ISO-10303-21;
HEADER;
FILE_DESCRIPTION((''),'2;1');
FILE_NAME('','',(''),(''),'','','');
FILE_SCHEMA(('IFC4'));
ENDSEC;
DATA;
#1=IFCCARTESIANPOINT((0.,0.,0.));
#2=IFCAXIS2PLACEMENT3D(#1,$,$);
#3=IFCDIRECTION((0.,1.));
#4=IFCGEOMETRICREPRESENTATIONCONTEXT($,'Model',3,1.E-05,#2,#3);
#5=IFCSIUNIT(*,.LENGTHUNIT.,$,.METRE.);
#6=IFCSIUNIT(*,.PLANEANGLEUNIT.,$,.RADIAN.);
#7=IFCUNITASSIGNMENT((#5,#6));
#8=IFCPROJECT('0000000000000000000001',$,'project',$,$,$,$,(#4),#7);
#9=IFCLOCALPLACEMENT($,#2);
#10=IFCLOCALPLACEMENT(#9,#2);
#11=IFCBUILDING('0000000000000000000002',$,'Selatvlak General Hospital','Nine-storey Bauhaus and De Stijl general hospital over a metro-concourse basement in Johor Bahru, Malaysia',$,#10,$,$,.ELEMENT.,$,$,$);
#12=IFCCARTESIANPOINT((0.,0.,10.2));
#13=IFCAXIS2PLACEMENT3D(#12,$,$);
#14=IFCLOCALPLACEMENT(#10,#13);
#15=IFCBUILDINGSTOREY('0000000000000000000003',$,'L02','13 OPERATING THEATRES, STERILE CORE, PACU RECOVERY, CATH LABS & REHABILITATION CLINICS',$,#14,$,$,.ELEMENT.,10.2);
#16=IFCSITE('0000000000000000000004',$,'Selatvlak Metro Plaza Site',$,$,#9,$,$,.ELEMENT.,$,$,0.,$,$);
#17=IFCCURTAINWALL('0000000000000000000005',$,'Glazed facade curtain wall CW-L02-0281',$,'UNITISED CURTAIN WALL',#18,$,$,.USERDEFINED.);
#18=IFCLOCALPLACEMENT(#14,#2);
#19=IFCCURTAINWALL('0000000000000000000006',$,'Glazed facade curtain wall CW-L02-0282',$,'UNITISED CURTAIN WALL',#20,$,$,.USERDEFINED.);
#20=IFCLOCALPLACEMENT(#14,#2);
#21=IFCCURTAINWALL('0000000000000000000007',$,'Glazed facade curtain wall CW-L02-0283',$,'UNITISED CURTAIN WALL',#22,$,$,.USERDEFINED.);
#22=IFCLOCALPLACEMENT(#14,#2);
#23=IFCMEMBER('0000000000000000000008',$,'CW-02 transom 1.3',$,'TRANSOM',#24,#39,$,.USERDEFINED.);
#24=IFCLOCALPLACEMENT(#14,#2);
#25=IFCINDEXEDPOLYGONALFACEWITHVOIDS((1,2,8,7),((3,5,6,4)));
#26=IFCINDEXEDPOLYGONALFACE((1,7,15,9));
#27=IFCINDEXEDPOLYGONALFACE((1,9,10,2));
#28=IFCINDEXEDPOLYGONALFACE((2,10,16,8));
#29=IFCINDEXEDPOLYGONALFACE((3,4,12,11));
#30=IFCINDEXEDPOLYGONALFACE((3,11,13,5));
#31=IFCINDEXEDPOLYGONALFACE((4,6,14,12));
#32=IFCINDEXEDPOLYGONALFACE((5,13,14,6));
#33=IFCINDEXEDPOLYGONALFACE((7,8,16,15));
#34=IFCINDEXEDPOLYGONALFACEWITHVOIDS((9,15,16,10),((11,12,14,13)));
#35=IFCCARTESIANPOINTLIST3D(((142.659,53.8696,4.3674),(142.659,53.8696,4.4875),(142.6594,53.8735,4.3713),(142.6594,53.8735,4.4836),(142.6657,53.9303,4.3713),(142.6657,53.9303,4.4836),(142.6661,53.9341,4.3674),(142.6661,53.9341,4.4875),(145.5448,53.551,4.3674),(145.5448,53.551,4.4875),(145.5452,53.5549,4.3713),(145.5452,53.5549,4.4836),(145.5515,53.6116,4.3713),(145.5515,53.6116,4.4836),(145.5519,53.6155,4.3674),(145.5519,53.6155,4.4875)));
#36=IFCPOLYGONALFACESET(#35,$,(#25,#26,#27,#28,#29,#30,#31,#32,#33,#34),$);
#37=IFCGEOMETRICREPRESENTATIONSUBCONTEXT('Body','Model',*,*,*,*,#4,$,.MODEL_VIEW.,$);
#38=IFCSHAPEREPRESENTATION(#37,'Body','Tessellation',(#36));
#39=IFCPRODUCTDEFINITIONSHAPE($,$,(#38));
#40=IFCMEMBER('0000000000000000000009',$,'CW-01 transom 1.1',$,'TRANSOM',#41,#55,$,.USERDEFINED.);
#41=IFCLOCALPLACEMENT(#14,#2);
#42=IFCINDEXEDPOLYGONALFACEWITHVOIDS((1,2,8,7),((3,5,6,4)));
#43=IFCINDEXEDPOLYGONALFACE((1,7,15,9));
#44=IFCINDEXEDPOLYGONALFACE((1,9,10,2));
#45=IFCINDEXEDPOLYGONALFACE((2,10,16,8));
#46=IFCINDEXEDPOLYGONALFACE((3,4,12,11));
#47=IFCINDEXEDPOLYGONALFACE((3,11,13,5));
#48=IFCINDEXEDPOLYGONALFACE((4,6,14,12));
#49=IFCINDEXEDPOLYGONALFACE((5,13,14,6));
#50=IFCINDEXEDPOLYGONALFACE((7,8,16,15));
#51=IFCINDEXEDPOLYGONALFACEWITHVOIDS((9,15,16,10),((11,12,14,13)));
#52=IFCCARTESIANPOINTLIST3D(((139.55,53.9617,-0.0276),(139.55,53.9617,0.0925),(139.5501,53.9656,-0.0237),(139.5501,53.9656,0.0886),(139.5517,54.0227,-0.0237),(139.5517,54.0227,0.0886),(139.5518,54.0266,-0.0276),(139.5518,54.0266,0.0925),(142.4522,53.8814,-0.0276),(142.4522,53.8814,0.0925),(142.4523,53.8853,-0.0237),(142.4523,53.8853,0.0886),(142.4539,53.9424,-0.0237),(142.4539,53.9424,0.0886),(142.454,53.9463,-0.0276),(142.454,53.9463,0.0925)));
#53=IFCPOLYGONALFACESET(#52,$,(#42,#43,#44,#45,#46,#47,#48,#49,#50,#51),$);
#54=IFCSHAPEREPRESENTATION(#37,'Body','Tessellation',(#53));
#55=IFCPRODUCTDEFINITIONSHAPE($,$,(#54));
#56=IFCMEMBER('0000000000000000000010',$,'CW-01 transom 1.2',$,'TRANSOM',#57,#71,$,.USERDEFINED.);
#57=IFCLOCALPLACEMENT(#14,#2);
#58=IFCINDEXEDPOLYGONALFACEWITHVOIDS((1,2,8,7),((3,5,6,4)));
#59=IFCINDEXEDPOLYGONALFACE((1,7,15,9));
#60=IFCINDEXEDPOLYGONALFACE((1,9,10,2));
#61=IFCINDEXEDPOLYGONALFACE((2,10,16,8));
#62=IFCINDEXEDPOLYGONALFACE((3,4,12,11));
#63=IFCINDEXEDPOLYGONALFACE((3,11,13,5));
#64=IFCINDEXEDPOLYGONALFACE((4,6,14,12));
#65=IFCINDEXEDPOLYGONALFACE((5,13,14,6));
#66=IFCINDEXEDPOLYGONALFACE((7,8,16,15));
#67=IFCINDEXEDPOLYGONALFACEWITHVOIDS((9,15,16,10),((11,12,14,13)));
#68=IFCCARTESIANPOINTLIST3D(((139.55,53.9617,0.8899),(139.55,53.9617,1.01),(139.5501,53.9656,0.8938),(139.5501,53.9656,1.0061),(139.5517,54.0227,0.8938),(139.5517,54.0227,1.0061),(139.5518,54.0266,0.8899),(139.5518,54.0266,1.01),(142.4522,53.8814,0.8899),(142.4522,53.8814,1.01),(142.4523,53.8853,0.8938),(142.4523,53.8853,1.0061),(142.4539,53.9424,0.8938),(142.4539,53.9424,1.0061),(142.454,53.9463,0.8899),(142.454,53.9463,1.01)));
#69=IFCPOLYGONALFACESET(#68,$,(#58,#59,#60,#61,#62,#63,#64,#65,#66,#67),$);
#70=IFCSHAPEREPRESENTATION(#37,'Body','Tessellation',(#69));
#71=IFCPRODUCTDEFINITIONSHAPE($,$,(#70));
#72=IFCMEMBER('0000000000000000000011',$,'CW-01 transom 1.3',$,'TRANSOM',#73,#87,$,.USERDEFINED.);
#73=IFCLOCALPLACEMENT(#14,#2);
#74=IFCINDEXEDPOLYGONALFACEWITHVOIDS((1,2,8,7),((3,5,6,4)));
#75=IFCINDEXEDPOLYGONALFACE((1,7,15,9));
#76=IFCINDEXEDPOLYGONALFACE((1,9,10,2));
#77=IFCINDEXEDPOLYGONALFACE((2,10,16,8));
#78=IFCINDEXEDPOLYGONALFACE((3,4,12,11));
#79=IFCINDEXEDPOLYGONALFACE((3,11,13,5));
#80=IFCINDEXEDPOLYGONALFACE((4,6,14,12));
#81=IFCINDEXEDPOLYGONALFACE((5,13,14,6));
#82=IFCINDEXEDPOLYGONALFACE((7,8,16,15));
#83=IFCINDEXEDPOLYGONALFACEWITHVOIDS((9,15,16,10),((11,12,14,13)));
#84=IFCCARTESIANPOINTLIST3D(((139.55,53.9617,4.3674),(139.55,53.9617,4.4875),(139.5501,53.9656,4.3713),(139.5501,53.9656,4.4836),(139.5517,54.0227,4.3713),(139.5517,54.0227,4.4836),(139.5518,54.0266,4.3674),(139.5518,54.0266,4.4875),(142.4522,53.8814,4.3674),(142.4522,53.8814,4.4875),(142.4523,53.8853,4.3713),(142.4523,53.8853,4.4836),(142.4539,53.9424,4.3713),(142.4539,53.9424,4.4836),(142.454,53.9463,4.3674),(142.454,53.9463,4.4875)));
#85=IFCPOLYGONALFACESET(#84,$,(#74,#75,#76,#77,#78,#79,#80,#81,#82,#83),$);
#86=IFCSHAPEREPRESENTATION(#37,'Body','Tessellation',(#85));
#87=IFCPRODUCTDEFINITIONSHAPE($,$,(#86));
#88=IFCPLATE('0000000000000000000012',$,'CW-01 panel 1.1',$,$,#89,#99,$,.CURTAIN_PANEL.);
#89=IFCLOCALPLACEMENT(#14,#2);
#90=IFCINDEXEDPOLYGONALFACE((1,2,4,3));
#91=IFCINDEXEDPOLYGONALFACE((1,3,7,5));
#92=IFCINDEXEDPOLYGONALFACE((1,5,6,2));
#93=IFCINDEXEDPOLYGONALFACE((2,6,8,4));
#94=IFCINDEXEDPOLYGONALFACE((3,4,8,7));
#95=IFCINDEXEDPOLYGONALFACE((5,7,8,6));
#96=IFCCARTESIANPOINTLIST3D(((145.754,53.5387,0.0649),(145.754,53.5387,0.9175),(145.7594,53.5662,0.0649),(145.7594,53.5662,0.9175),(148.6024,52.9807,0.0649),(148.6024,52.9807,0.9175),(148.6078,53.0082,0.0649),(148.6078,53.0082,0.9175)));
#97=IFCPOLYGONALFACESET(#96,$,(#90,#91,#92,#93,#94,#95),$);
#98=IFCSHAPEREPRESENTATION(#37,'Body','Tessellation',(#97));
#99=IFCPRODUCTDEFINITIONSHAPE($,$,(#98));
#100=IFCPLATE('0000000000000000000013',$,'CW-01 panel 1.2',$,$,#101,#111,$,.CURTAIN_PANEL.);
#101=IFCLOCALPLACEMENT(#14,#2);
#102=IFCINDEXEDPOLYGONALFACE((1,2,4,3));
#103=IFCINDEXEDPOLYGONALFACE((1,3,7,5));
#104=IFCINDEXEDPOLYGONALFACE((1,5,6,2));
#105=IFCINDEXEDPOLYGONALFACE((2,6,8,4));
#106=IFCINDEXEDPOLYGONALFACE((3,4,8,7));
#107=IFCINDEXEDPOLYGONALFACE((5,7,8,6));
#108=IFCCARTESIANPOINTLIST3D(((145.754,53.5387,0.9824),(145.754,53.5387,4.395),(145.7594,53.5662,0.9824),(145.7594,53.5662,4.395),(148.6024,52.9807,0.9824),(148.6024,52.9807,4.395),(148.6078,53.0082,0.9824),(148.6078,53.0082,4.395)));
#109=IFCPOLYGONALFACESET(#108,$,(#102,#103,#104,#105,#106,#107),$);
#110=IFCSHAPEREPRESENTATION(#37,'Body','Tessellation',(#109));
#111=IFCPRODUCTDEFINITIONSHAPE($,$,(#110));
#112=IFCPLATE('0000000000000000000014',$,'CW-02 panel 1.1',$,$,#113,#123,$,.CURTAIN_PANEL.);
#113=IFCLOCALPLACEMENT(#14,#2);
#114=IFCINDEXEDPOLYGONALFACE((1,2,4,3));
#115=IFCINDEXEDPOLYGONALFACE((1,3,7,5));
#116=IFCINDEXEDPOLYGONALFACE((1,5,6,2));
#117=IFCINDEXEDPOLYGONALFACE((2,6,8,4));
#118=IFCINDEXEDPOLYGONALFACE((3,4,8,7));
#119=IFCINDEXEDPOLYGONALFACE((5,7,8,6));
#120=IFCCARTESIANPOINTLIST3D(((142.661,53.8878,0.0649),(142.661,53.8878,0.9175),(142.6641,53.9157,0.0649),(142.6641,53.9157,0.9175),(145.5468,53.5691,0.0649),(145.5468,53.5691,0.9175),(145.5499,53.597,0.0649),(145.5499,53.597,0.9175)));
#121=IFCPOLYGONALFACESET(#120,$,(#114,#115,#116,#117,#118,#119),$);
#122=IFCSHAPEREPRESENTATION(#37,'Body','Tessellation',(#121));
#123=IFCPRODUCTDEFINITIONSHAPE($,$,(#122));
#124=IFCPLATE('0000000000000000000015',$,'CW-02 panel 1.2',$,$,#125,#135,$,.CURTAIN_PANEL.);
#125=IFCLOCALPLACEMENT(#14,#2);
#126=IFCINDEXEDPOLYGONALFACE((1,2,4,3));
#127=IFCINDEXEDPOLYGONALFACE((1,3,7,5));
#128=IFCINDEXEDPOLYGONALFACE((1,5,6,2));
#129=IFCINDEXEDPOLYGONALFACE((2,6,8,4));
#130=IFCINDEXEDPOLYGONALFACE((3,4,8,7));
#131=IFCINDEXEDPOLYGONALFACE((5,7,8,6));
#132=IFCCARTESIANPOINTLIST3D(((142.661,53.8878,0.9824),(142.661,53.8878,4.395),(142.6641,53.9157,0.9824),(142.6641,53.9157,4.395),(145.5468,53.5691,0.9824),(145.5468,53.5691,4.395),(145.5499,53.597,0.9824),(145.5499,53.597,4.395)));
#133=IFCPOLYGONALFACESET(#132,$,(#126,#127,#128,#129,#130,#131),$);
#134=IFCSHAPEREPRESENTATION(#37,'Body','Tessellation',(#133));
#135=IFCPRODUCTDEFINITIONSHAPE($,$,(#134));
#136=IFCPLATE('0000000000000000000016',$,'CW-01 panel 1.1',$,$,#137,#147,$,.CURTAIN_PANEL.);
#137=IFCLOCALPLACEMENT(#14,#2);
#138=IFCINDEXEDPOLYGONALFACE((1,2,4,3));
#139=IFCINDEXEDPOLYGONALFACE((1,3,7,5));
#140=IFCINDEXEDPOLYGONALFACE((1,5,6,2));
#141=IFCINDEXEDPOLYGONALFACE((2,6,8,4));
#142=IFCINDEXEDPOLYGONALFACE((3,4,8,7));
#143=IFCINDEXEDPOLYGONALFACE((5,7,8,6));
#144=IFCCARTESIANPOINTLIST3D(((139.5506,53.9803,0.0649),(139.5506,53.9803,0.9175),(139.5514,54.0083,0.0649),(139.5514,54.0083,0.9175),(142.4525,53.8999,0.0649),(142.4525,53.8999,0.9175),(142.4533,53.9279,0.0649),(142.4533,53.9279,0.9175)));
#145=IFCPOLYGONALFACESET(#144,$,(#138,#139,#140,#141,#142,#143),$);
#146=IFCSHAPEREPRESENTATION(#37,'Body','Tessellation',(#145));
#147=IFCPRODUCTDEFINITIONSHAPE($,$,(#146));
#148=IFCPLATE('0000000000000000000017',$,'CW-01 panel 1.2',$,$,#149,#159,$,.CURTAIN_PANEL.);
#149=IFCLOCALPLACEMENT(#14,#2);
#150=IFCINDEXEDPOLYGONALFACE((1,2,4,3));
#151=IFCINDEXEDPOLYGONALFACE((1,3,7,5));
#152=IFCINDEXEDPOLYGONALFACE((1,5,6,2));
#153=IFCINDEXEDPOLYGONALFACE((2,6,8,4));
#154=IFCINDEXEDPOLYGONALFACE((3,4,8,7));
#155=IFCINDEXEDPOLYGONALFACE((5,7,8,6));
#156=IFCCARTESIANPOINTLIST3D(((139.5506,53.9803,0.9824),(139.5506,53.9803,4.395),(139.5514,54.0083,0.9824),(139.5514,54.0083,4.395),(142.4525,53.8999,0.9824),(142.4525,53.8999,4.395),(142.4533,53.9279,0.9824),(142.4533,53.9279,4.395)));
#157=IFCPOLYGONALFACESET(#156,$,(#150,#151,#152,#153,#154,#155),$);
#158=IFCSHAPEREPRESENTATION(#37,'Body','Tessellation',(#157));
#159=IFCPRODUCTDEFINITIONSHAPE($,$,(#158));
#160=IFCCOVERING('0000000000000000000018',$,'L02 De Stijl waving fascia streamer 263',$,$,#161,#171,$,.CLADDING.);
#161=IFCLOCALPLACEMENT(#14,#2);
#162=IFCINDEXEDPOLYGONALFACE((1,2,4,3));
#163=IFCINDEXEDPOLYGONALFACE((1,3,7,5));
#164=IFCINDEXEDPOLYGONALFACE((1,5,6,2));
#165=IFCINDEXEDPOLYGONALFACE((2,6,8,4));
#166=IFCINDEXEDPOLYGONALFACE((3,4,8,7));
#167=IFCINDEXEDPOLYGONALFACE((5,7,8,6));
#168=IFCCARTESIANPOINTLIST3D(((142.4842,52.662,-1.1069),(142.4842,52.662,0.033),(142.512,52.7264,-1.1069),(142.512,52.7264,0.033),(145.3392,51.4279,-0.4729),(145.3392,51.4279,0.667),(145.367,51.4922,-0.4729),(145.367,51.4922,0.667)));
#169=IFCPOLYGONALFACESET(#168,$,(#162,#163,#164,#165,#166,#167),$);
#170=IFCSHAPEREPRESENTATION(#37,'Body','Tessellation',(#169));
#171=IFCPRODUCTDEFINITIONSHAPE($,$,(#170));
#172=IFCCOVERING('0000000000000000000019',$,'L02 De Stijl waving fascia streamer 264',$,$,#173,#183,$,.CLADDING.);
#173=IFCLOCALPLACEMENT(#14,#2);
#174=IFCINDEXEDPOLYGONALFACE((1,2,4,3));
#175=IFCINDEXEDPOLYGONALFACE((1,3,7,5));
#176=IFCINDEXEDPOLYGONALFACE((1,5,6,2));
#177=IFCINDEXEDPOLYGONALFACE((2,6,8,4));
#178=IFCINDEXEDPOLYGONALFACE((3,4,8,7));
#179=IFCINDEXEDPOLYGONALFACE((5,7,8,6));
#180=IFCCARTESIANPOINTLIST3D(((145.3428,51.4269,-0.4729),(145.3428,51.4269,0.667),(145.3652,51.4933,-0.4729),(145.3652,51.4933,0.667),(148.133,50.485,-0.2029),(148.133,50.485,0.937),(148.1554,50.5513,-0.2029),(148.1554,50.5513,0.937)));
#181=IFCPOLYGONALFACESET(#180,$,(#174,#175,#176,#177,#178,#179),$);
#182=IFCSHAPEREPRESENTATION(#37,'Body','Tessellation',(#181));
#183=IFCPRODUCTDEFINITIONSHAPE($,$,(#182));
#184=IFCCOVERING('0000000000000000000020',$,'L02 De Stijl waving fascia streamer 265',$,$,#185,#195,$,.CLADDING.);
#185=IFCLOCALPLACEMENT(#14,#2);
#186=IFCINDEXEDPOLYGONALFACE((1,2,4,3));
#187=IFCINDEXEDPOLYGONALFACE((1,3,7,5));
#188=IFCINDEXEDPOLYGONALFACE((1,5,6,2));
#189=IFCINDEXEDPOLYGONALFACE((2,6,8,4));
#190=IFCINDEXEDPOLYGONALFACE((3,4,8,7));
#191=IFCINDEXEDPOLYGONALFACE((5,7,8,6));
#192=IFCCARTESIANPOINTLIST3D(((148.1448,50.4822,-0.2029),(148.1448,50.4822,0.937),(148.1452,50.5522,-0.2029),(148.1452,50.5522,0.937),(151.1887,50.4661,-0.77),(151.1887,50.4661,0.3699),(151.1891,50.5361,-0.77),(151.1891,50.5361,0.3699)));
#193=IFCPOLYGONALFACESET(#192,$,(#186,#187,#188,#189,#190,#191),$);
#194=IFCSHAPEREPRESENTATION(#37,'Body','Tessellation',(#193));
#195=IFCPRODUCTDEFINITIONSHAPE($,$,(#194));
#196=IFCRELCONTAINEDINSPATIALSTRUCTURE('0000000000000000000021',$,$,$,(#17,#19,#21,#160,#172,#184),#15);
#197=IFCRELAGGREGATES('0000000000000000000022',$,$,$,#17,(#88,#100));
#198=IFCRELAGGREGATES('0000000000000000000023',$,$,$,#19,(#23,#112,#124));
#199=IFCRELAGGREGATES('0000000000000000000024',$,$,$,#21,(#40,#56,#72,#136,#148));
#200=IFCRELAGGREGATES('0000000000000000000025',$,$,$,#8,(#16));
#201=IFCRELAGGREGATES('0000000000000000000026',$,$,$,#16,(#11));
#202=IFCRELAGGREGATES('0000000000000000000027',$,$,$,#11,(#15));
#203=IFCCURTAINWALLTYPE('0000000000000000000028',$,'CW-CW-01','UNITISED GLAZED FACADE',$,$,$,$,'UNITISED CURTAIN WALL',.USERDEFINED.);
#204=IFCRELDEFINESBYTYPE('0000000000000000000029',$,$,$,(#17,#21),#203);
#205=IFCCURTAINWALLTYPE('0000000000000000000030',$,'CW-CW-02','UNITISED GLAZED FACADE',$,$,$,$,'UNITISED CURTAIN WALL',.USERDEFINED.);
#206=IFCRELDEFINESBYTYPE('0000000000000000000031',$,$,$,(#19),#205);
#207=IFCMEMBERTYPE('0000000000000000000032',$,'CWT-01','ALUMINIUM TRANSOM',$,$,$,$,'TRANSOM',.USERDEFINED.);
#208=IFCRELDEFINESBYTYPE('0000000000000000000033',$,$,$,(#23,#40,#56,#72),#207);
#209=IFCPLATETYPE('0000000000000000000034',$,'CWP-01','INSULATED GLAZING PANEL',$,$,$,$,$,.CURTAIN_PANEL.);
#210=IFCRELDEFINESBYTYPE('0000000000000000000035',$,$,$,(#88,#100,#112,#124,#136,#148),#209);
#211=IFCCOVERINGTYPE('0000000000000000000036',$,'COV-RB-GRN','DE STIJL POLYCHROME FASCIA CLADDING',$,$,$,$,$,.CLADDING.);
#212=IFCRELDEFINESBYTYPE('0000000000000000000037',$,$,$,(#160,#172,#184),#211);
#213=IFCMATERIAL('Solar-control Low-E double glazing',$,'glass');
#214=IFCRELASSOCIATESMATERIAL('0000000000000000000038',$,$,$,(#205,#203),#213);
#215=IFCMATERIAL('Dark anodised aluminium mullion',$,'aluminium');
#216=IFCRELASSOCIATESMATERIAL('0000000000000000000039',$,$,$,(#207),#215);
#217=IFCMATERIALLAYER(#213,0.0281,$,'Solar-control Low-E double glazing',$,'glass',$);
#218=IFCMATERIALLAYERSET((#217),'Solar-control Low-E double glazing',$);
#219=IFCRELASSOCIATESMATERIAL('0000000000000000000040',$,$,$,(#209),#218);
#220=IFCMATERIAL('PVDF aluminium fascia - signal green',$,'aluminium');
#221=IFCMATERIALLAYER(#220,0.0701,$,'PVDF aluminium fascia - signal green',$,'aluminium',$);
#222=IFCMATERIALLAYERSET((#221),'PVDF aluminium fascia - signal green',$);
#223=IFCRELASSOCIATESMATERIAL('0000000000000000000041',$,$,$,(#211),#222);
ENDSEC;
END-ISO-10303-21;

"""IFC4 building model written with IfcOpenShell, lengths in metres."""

from ifc_helpers import new_model, si_unit, direction, frame, origin, origin_2d, place, context, subcontext, project, spatial, polyline, rectangle, hollow_rectangle, outline, extrude, material, layer, layer_set, material_profile, profile_set, type_object, element, aggregate, save


model = new_model("IFC4")

# Units and contexts
model_context = context("Model", 3, precision=1e-05, world=origin(), true_north=direction((0.0, 1.0)))
body_context = subcontext(model_context, "Body", "Model", "MODEL_VIEW")
ifc_project = project(units=[si_unit("LENGTHUNIT", "METRE"), si_unit("PLANEANGLEUNIT", "RADIAN")], contexts=[model_context])

# Site, building, storey
site_placement = place(None, origin())
site = spatial("IfcSite", under=ifc_project, at=site_placement, Name="Selatvlak Metro Plaza Site", CompositionType="ELEMENT", RefElevation=0.0)
building_placement = place(site_placement, origin())
building = spatial("IfcBuilding", under=site, at=building_placement, Name="Selatvlak General Hospital", Description="Nine-storey Bauhaus and De Stijl general hospital over a metro-concourse basement in Johor Bahru, Malaysia", CompositionType="ELEMENT")
storey_placement = place(building_placement, frame((0.0, 0.0, 10.2)))
storey = spatial("IfcBuildingStorey", under=building, at=storey_placement, Name="L02", Description="13 OPERATING THEATRES, STERILE CORE, PACU RECOVERY, CATH LABS & REHABILITATION CLINICS", CompositionType="ELEMENT", Elevation=10.2)

# Shared definitions
ifc_material_1 = material(Name="Solar-control Low-E double glazing", Category="glass")
curtain_wall_type_1 = type_object("IfcCurtainWallType", Name="CW-CW-02", Description="UNITISED GLAZED FACADE", ElementType="UNITISED CURTAIN WALL", PredefinedType="USERDEFINED", material=ifc_material_1)
ifc_material_2 = material(Name="Dark anodised aluminium mullion", Category="aluminium")

# Curtain walls
curtain_wall_type_2 = type_object("IfcCurtainWallType", Name="CW-CW-01", Description="UNITISED GLAZED FACADE", ElementType="UNITISED CURTAIN WALL", PredefinedType="USERDEFINED", material=ifc_material_1)
curtain_wall_1_placement = place(storey_placement, origin())
curtain_wall_1 = element("IfcCurtainWall", 1, at=curtain_wall_1_placement, inside=storey, type_object=curtain_wall_type_2, Name="Glazed facade curtain wall CW-L02-0281", ObjectType="UNITISED CURTAIN WALL", PredefinedType="USERDEFINED")
curtain_wall_2_placement = place(storey_placement, origin())
curtain_wall_2 = element("IfcCurtainWall", 2, at=curtain_wall_2_placement, inside=storey, type_object=curtain_wall_type_1, Name="Glazed facade curtain wall CW-L02-0282", ObjectType="UNITISED CURTAIN WALL", PredefinedType="USERDEFINED")

# Curtain wall
curtain_wall_3_placement = place(storey_placement, origin())
curtain_wall_3 = element("IfcCurtainWall", 3, at=curtain_wall_3_placement, inside=storey, type_object=curtain_wall_type_2, Name="Glazed facade curtain wall CW-L02-0283", ObjectType="UNITISED CURTAIN WALL", PredefinedType="USERDEFINED")

# Members
ifc_material_profile_1 = material_profile(ifc_material_2, hollow_rectangle(XDim=0.0649, YDim=0.1201, WallThickness=0.0039, at=origin_2d()), Name="AL-TRN 65x120x4")
ifc_profile_set_1 = profile_set([ifc_material_profile_1], Name="Dark anodised aluminium mullion")
member_type_1 = type_object("IfcMemberType", Name="CWT-01", Description="ALUMINIUM TRANSOM", ElementType="TRANSOM", PredefinedType="USERDEFINED", material=ifc_profile_set_1)
member_1_placement = place(storey_placement, frame((145.5483, 53.5833, 4.4275), z_axis=(-0.99396, 0.109739, 0.0), x_axis=(-0.109739, -0.99396, 0.0)))
member_1 = element("IfcMember", 4, at=member_1_placement, type_object=member_type_1, Name="CW-02 transom 1.3", ObjectType="TRANSOM", PredefinedType="USERDEFINED", context=body_context, shape_type="SweptSolid", body=[
    extrude(hollow_rectangle(XDim=0.0649, YDim=0.1201, WallThickness=0.0039, at=origin_2d()), origin(), (0.0, 0.0, 1.0), 2.9033),
])
member_2_placement = place(storey_placement, frame((142.4531, 53.9138, 0.0325), z_axis=(-0.999617, 0.027667, 0.0), x_axis=(-0.027667, -0.999617, 0.0)))
member_2 = element("IfcMember", 5, at=member_2_placement, type_object=member_type_1, Name="CW-01 transom 1.1", ObjectType="TRANSOM", PredefinedType="USERDEFINED", context=body_context, shape_type="SweptSolid", body=[
    extrude(hollow_rectangle(XDim=0.0649, YDim=0.1201, WallThickness=0.0039, at=origin_2d()), origin(), (0.0, 0.0, 1.0), 2.9033),
])
member_3_placement = place(storey_placement, frame((142.4531, 53.9138, 0.95), z_axis=(-0.999617, 0.027667, 0.0), x_axis=(-0.027667, -0.999617, 0.0)))
member_3 = element("IfcMember", 6, at=member_3_placement, type_object=member_type_1, Name="CW-01 transom 1.2", ObjectType="TRANSOM", PredefinedType="USERDEFINED", context=body_context, shape_type="SweptSolid", body=[
    extrude(hollow_rectangle(XDim=0.0649, YDim=0.1201, WallThickness=0.0039, at=origin_2d()), origin(), (0.0, 0.0, 1.0), 2.9033),
])
member_4_placement = place(storey_placement, frame((142.4531, 53.9138, 4.4275), z_axis=(-0.999617, 0.027667, 0.0), x_axis=(-0.027667, -0.999617, 0.0)))
member_4 = element("IfcMember", 7, at=member_4_placement, type_object=member_type_1, Name="CW-01 transom 1.3", ObjectType="TRANSOM", PredefinedType="USERDEFINED", context=body_context, shape_type="SweptSolid", body=[
    extrude(hollow_rectangle(XDim=0.0649, YDim=0.1201, WallThickness=0.0039, at=origin_2d()), origin(), (0.0, 0.0, 1.0), 2.9033),
])

# Plates
ifc_layer_1 = layer(ifc_material_1, 0.0281, Name="Solar-control Low-E double glazing", Category="glass")
ifc_layer_set_1 = layer_set([ifc_layer_1], Name="Solar-control Low-E double glazing")
plate_type = type_object("IfcPlateType", Name="CWP-01", Description="INSULATED GLAZING PANEL", PredefinedType="CURTAIN_PANEL", material=ifc_layer_set_1)
plate_1_placement = place(storey_placement, frame((147.1809, 53.2734, 0.0649), z_axis=(0.0, 0.0, 1.0), x_axis=(-0.981347, 0.192246, 0.0)))
plate_1 = element("IfcPlate", 8, at=plate_1_placement, type_object=plate_type, Name="CW-01 panel 1.1", PredefinedType="CURTAIN_PANEL", context=body_context, shape_type="SweptSolid", body=[
    extrude(rectangle(XDim=2.9026, YDim=0.0281, at=origin_2d()), origin(), (0.0, 0.0, 1.0), 0.8525),
])
plate_2_placement = place(storey_placement, frame((147.1809, 53.2734, 0.9824), z_axis=(0.0, 0.0, 1.0), x_axis=(-0.981347, 0.192246, 0.0)))
plate_2 = element("IfcPlate", 9, at=plate_2_placement, type_object=plate_type, Name="CW-01 panel 1.2", PredefinedType="CURTAIN_PANEL", context=body_context, shape_type="SweptSolid", body=[
    extrude(rectangle(XDim=2.9026, YDim=0.0281, at=origin_2d()), origin(), (0.0, 0.0, 1.0), 3.4126),
])
aggregate(curtain_wall_1, [plate_1, plate_2])
plate_3_placement = place(storey_placement, frame((144.1055, 53.7424, 0.0649), z_axis=(0.0, 0.0, 1.0), x_axis=(-0.993956, 0.10978, 0.0)))
plate_3 = element("IfcPlate", 10, at=plate_3_placement, type_object=plate_type, Name="CW-02 panel 1.1", PredefinedType="CURTAIN_PANEL", context=body_context, shape_type="SweptSolid", body=[
    extrude(rectangle(XDim=2.9033, YDim=0.0281, at=origin_2d()), origin(), (0.0, 0.0, 1.0), 0.8525),
])
plate_4_placement = place(storey_placement, frame((144.1055, 53.7424, 0.9824), z_axis=(0.0, 0.0, 1.0), x_axis=(-0.993956, 0.10978, 0.0)))
plate_4 = element("IfcPlate", 11, at=plate_4_placement, type_object=plate_type, Name="CW-02 panel 1.2", PredefinedType="CURTAIN_PANEL", context=body_context, shape_type="SweptSolid", body=[
    extrude(rectangle(XDim=2.9033, YDim=0.0281, at=origin_2d()), origin(), (0.0, 0.0, 1.0), 3.4126),
])
aggregate(curtain_wall_2, [member_1, plate_3, plate_4])
plate_5_placement = place(storey_placement, frame((141.002, 53.9541, 0.0649), z_axis=(0.0, 0.0, 1.0), x_axis=(-0.999616, 0.027694, 0.0)))
plate_5 = element("IfcPlate", 12, at=plate_5_placement, type_object=plate_type, Name="CW-01 panel 1.1", PredefinedType="CURTAIN_PANEL", context=body_context, shape_type="SweptSolid", body=[
    extrude(rectangle(XDim=2.9031, YDim=0.0281, at=origin_2d()), origin(), (0.0, 0.0, 1.0), 0.8525),
])
plate_6_placement = place(storey_placement, frame((141.002, 53.9541, 0.9824), z_axis=(0.0, 0.0, 1.0), x_axis=(-0.999616, 0.027694, 0.0)))
plate_6 = element("IfcPlate", 13, at=plate_6_placement, type_object=plate_type, Name="CW-01 panel 1.2", PredefinedType="CURTAIN_PANEL", context=body_context, shape_type="SweptSolid", body=[
    extrude(rectangle(XDim=2.9031, YDim=0.0281, at=origin_2d()), origin(), (0.0, 0.0, 1.0), 3.4126),
])
aggregate(curtain_wall_3, [member_2, member_3, member_4, plate_5, plate_6])

# Coverings
ifc_material_3 = material(Name="PVDF aluminium fascia - signal green", Category="aluminium")
ifc_layer_2 = layer(ifc_material_3, 0.0701, Name="PVDF aluminium fascia - signal green", Category="aluminium")
ifc_layer_set_2 = layer_set([ifc_layer_2], Name="PVDF aluminium fascia - signal green")
covering_type = type_object("IfcCoveringType", Name="COV-RB-GRN", Description="DE STIJL POLYCHROME FASCIA CLADDING", PredefinedType="CLADDING", material=ifc_layer_set_2)
covering_1_placement = place(storey_placement, frame((142.498, 52.6941, -1.1069), z_axis=(0.0, 0.0, 1.0), x_axis=(0.91791, -0.396788, 0.0)))
element("IfcCovering", 14, at=covering_1_placement, inside=storey, type_object=covering_type, Name="L02 De Stijl waving fascia streamer 263", PredefinedType="CLADDING", context=body_context, shape_type="SweptSolid", body=[
    extrude(outline(polyline([(0.0, 0.0), (3.1104, 0.634), (3.1104, 1.7739), (0.0, 1.1399), (0.0, 0.0)])), frame((0.0, 0.0352, 0.0), z_axis=(0.0, -1.0, 0.0), x_axis=(1.0, 0.0, 0.0)), (0.0, 0.0, 1.0), 0.0701),
])
covering_2_placement = place(storey_placement, frame((145.354, 51.46, -0.4729), z_axis=(0.0, 0.0, 1.0), x_axis=(0.947466, -0.319857, 0.0)))
element("IfcCovering", 15, at=covering_2_placement, inside=storey, type_object=covering_type, Name="L02 De Stijl waving fascia streamer 264", PredefinedType="CLADDING", context=body_context, shape_type="SweptSolid", body=[
    extrude(outline(polyline([(0.0, 0.0), (2.9448, 0.27), (2.9448, 1.4099), (0.0, 1.1399), (0.0, 0.0)])), frame((0.0, 0.0352, 0.0), z_axis=(0.0, -1.0, 0.0), x_axis=(1.0, 0.0, 0.0)), (0.0, 0.0, 1.0), 0.0701),
])
covering_3_placement = place(storey_placement, frame((148.145, 50.5171, -0.2029), z_axis=(0.0, 0.0, 1.0), x_axis=(0.999986, -0.005293, 0.0)))
element("IfcCovering", 16, at=covering_3_placement, inside=storey, type_object=covering_type, Name="L02 De Stijl waving fascia streamer 265", PredefinedType="CLADDING", context=body_context, shape_type="SweptSolid", body=[
    extrude(outline(polyline([(0.0, 0.0), (3.0439, -0.5671), (3.0439, 0.5728), (0.0, 1.1399), (0.0, 0.0)])), frame((0.0, 0.0352, 0.0), z_axis=(0.0, -1.0, 0.0), x_axis=(1.0, 0.0, 0.0)), (0.0, 0.0, 1.0), 0.0701),
])

save(model, "model.ifc")
